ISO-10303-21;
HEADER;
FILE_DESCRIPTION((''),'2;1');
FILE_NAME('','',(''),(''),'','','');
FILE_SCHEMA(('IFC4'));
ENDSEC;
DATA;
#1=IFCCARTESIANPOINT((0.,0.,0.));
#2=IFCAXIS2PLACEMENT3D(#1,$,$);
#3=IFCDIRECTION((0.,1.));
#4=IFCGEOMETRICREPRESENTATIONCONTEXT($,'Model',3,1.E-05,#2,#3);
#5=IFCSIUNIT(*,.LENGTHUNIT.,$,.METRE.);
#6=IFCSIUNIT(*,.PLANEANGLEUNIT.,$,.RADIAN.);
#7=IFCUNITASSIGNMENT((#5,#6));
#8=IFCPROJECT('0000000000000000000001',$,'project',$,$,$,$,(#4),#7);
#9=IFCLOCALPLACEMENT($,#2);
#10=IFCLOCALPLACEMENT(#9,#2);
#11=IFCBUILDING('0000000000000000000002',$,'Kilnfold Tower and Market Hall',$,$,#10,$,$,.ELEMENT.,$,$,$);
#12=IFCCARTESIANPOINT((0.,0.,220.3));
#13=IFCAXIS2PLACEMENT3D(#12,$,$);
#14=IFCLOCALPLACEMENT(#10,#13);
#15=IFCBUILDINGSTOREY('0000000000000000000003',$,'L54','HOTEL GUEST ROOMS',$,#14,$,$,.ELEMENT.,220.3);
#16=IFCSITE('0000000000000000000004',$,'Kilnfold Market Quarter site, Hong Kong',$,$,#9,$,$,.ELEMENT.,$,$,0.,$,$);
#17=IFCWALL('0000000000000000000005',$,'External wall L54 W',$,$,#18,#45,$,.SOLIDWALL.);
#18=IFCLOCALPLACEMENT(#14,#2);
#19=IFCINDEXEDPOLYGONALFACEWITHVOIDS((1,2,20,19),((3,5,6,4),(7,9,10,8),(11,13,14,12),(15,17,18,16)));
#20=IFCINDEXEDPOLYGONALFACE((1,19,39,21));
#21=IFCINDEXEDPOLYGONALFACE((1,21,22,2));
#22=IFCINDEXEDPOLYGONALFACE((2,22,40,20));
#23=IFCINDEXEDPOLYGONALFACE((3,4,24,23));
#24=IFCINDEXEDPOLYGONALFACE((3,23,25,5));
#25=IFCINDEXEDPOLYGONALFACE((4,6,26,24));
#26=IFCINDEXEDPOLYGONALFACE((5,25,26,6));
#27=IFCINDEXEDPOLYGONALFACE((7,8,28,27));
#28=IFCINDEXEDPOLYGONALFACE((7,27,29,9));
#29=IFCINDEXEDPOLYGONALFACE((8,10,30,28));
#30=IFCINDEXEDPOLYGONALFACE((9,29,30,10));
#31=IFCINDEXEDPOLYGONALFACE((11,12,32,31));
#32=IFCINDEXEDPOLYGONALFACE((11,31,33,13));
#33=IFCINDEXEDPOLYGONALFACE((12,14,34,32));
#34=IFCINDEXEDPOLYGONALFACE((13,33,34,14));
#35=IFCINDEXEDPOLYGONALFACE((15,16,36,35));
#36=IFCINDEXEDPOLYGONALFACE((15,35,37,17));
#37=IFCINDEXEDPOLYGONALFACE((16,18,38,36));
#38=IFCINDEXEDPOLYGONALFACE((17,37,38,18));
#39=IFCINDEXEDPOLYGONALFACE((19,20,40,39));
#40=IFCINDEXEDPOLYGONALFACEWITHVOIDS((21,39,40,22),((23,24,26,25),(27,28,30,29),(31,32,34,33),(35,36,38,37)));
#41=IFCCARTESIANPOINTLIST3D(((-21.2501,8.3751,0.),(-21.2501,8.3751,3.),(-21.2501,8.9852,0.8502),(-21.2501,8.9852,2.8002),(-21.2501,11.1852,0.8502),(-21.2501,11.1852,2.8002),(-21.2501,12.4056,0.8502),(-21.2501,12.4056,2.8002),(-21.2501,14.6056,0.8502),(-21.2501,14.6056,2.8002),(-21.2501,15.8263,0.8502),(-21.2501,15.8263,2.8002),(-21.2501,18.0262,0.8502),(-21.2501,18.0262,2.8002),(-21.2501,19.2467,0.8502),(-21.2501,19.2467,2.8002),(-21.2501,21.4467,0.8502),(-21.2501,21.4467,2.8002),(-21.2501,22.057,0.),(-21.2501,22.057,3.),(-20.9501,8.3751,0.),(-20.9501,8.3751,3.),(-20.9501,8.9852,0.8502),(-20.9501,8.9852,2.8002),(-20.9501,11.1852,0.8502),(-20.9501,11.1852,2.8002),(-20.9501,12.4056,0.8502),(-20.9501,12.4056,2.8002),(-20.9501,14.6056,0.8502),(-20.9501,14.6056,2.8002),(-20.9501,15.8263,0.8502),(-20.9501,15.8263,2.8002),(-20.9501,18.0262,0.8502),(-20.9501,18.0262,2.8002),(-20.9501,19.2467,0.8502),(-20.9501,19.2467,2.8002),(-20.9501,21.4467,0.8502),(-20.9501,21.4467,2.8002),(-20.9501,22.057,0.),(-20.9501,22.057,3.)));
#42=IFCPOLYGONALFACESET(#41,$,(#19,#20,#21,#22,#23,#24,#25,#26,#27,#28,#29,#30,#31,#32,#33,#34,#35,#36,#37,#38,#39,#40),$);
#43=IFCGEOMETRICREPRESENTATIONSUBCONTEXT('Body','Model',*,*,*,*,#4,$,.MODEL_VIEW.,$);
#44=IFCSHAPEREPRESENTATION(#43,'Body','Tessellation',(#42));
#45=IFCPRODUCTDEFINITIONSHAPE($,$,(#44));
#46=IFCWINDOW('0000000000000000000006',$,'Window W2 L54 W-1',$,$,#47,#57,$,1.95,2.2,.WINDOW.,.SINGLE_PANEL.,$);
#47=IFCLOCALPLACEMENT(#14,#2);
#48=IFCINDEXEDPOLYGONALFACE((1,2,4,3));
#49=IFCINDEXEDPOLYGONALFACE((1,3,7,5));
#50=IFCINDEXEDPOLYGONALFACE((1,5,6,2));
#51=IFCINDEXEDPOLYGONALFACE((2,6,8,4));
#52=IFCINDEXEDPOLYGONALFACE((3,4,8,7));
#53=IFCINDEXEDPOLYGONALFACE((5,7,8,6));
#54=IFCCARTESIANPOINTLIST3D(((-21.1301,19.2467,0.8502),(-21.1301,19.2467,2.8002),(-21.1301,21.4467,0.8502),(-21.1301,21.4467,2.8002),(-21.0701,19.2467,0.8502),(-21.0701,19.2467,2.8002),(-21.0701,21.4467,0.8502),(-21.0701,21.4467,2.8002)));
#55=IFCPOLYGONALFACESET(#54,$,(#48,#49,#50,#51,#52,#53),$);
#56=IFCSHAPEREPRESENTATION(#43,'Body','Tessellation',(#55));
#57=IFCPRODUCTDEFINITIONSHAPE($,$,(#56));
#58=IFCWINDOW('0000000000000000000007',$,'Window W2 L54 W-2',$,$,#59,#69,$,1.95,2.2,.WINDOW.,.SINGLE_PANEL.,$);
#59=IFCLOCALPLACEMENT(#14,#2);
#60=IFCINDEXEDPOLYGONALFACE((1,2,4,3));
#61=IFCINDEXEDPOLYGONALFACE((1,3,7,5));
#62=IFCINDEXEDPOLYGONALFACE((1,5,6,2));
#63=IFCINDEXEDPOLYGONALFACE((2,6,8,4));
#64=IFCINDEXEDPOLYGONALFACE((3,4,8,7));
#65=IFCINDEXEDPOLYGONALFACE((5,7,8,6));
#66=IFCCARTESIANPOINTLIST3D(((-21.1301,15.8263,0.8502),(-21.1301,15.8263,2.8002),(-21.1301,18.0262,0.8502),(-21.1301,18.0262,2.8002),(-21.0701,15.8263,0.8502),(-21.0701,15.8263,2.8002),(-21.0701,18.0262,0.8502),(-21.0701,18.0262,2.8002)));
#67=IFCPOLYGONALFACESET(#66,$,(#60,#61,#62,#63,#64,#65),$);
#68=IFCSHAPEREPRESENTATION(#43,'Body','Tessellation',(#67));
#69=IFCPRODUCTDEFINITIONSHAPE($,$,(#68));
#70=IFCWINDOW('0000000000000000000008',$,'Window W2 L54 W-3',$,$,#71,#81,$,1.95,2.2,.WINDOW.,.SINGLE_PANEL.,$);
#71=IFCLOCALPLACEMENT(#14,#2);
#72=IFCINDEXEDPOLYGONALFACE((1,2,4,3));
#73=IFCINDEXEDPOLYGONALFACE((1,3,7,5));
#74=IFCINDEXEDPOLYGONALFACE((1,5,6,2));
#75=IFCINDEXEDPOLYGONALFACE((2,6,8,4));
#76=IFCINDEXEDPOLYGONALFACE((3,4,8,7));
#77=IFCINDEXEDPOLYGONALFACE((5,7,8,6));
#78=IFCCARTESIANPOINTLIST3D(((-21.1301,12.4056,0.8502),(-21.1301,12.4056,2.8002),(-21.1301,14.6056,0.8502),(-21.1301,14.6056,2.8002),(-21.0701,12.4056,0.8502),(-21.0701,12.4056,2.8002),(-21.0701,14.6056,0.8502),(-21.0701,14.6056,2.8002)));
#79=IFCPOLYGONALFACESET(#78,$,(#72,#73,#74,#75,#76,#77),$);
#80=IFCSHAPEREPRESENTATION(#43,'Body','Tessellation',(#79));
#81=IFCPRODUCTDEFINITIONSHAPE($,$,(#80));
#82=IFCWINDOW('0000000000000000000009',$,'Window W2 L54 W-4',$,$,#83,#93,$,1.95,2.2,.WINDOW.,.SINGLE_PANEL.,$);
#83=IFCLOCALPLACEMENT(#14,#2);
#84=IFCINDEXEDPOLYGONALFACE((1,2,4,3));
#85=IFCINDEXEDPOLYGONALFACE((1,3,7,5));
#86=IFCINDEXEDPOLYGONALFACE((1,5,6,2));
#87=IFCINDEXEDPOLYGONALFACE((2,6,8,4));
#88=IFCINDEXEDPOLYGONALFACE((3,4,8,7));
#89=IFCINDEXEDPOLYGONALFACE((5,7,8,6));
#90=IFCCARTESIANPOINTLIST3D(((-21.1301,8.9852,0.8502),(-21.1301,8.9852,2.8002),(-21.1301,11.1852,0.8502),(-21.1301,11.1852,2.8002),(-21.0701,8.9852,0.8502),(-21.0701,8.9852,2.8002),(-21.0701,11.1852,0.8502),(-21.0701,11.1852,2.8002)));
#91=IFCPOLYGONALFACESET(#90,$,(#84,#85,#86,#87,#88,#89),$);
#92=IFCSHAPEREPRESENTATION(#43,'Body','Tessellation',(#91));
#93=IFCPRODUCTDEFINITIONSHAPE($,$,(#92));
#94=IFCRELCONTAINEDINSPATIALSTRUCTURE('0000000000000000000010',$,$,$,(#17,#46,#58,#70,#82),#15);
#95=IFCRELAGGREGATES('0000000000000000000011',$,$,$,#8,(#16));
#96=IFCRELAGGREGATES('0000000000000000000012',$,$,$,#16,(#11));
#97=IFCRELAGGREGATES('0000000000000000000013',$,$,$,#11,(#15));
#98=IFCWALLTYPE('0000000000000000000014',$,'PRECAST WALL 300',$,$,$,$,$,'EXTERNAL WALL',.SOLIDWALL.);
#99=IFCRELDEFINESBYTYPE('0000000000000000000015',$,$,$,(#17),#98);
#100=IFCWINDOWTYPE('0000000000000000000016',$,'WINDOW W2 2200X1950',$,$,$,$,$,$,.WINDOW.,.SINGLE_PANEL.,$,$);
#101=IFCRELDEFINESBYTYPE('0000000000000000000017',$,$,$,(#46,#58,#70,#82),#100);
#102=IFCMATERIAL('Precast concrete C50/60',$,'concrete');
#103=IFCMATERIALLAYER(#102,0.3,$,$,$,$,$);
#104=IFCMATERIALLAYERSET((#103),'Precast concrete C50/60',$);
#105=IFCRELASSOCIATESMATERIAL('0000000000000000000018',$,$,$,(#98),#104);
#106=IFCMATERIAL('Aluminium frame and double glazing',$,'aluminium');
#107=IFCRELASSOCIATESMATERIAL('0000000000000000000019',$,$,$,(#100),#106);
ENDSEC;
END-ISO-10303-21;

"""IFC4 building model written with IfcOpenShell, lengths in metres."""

from ifc_helpers import new_model, si_unit, direction, frame, frame_2d, origin, place, context, subcontext, project, spatial, rectangle, extrude, source, transform, mapped, material, layer, layer_set, type_object, element, fill, save


model = new_model("IFC4")

# Units and contexts
model_context = context("Model", 3, precision=1e-05, world=origin(), true_north=direction((0.0, 1.0)))
body_context = subcontext(model_context, "Body", "Model", "MODEL_VIEW")
ifc_project = project(units=[si_unit("LENGTHUNIT", "METRE"), si_unit("PLANEANGLEUNIT", "RADIAN")], contexts=[model_context])

# Site, building, storey
site_placement = place(None, origin())
site = spatial("IfcSite", under=ifc_project, at=site_placement, Name="Kilnfold Market Quarter site, Hong Kong", CompositionType="ELEMENT", RefElevation=0.0)
building_placement = place(site_placement, origin())
building = spatial("IfcBuilding", under=site, at=building_placement, Name="Kilnfold Tower and Market Hall", CompositionType="ELEMENT")
storey_placement = place(building_placement, frame((0.0, 0.0, 220.3)))
storey = spatial("IfcBuildingStorey", under=building, at=storey_placement, Name="L54", Description="HOTEL GUEST ROOMS", CompositionType="ELEMENT", Elevation=220.3)

# Shared definitions
ifc_material_1 = material(Name="Precast concrete C50/60", Category="concrete")
ifc_layer_1 = layer(ifc_material_1, 0.3)
ifc_layer_set_1 = layer_set([ifc_layer_1], Name="Precast concrete C50/60")
wall_type_1 = type_object("IfcWallType", Name="PRECAST WALL 300", ElementType="EXTERNAL WALL", PredefinedType="SOLIDWALL", material=ifc_layer_set_1)
ifc_material_2 = material(Name="Aluminium frame and double glazing", Category="aluminium")
window_type = type_object("IfcWindowType", Name="WINDOW W2 2200X1950", PartitioningType="SINGLE_PANEL", PredefinedType="WINDOW", material=ifc_material_2)

# Wall, openings, windows
shared_shape_1 = source(origin(), body_context, "Body", "SweptSolid", [
    extrude(rectangle(XDim=13.6819, YDim=0.3, at=frame_2d((6.8408, 0.0))), origin(), (0.0, 0.0, 1.0), 3.0),
])
wall_1_placement = place(storey_placement, frame((-21.1001, 22.0569, 0.0), z_axis=(0.0, 0.0, 1.0), x_axis=(0.0, -1.0, 0.0)))
wall_1 = element("IfcWall", 1, at=wall_1_placement, inside=storey, type_object=wall_type_1, Name="External wall L54 W", PredefinedType="SOLIDWALL", context=body_context, shape_type="MappedRepresentation", body=[
    mapped(shared_shape_1, transform((0.0, 0.0, 0.0))),
])
opening_1_placement = place(wall_1_placement, frame((0.6101, 0.0, 0.8501)))
opening_1 = element("IfcOpeningElement", 2, at=opening_1_placement, cuts=wall_1, PredefinedType="OPENING", context=body_context, shape_type="SweptSolid", body=[
    extrude(rectangle(XDim=2.2, YDim=1.95, at=frame_2d((1.1001, 0.9751))), frame((0.0, 0.1602, 0.0), z_axis=(0.0, -1.0, 0.0), x_axis=(1.0, 0.0, 0.0)), (0.0, 0.0, 1.0), 0.3201),
])
opening_2_placement = place(wall_1_placement, frame((4.0305, 0.0, 0.8501)))
opening_2 = element("IfcOpeningElement", 3, at=opening_2_placement, cuts=wall_1, PredefinedType="OPENING", context=body_context, shape_type="SweptSolid", body=[
    extrude(rectangle(XDim=2.2, YDim=1.95, at=frame_2d((1.1001, 0.9751))), frame((0.0, 0.1602, 0.0), z_axis=(0.0, -1.0, 0.0), x_axis=(1.0, 0.0, 0.0)), (0.0, 0.0, 1.0), 0.3201),
])
opening_3_placement = place(wall_1_placement, frame((7.4512, 0.0, 0.8501)))
opening_3 = element("IfcOpeningElement", 4, at=opening_3_placement, cuts=wall_1, PredefinedType="OPENING", context=body_context, shape_type="SweptSolid", body=[
    extrude(rectangle(XDim=2.2, YDim=1.95, at=frame_2d((1.1001, 0.9751))), frame((0.0, 0.1602, 0.0), z_axis=(0.0, -1.0, 0.0), x_axis=(1.0, 0.0, 0.0)), (0.0, 0.0, 1.0), 0.3201),
])
opening_4_placement = place(wall_1_placement, frame((10.8716, 0.0, 0.8501)))
opening_4 = element("IfcOpeningElement", 5, at=opening_4_placement, cuts=wall_1, PredefinedType="OPENING", context=body_context, shape_type="SweptSolid", body=[
    extrude(rectangle(XDim=2.2, YDim=1.95, at=frame_2d((1.1001, 0.9751))), frame((0.0, 0.1602, 0.0), z_axis=(0.0, -1.0, 0.0), x_axis=(1.0, 0.0, 0.0)), (0.0, 0.0, 1.0), 0.3201),
])
window_1_placement = place(opening_1_placement, origin())
window_1 = element("IfcWindow", 6, at=window_1_placement, inside=storey, type_object=window_type, Name="Window W2 L54 W-1", OverallHeight=1.95, OverallWidth=2.2, PartitioningType="SINGLE_PANEL", PredefinedType="WINDOW", context=body_context, shape_type="SweptSolid", body=[
    extrude(rectangle(XDim=2.2, YDim=1.95, at=frame_2d((1.1001, 0.9751))), frame((0.0, 0.03, 0.0), z_axis=(0.0, -1.0, 0.0), x_axis=(1.0, 0.0, 0.0)), (0.0, 0.0, 1.0), 0.0601),
])
fill(opening_1, window_1)
window_2_placement = place(opening_2_placement, origin())
window_2 = element("IfcWindow", 7, at=window_2_placement, inside=storey, type_object=window_type, Name="Window W2 L54 W-2", OverallHeight=1.95, OverallWidth=2.2, PartitioningType="SINGLE_PANEL", PredefinedType="WINDOW", context=body_context, shape_type="SweptSolid", body=[
    extrude(rectangle(XDim=2.2, YDim=1.95, at=frame_2d((1.1001, 0.9751))), frame((0.0, 0.03, 0.0), z_axis=(0.0, -1.0, 0.0), x_axis=(1.0, 0.0, 0.0)), (0.0, 0.0, 1.0), 0.0601),
])
fill(opening_2, window_2)
window_3_placement = place(opening_3_placement, origin())
window_3 = element("IfcWindow", 8, at=window_3_placement, inside=storey, type_object=window_type, Name="Window W2 L54 W-3", OverallHeight=1.95, OverallWidth=2.2, PartitioningType="SINGLE_PANEL", PredefinedType="WINDOW", context=body_context, shape_type="SweptSolid", body=[
    extrude(rectangle(XDim=2.2, YDim=1.95, at=frame_2d((1.1001, 0.9751))), frame((0.0, 0.03, 0.0), z_axis=(0.0, -1.0, 0.0), x_axis=(1.0, 0.0, 0.0)), (0.0, 0.0, 1.0), 0.0601),
])
fill(opening_3, window_3)
window_4_placement = place(opening_4_placement, origin())
window_4 = element("IfcWindow", 9, at=window_4_placement, inside=storey, type_object=window_type, Name="Window W2 L54 W-4", OverallHeight=1.95, OverallWidth=2.2, PartitioningType="SINGLE_PANEL", PredefinedType="WINDOW", context=body_context, shape_type="SweptSolid", body=[
    extrude(rectangle(XDim=2.2, YDim=1.95, at=frame_2d((1.1001, 0.9751))), frame((0.0, 0.03, 0.0), z_axis=(0.0, -1.0, 0.0), x_axis=(1.0, 0.0, 0.0)), (0.0, 0.0, 1.0), 0.0601),
])
fill(opening_4, window_4)

save(model, "model.ifc")
